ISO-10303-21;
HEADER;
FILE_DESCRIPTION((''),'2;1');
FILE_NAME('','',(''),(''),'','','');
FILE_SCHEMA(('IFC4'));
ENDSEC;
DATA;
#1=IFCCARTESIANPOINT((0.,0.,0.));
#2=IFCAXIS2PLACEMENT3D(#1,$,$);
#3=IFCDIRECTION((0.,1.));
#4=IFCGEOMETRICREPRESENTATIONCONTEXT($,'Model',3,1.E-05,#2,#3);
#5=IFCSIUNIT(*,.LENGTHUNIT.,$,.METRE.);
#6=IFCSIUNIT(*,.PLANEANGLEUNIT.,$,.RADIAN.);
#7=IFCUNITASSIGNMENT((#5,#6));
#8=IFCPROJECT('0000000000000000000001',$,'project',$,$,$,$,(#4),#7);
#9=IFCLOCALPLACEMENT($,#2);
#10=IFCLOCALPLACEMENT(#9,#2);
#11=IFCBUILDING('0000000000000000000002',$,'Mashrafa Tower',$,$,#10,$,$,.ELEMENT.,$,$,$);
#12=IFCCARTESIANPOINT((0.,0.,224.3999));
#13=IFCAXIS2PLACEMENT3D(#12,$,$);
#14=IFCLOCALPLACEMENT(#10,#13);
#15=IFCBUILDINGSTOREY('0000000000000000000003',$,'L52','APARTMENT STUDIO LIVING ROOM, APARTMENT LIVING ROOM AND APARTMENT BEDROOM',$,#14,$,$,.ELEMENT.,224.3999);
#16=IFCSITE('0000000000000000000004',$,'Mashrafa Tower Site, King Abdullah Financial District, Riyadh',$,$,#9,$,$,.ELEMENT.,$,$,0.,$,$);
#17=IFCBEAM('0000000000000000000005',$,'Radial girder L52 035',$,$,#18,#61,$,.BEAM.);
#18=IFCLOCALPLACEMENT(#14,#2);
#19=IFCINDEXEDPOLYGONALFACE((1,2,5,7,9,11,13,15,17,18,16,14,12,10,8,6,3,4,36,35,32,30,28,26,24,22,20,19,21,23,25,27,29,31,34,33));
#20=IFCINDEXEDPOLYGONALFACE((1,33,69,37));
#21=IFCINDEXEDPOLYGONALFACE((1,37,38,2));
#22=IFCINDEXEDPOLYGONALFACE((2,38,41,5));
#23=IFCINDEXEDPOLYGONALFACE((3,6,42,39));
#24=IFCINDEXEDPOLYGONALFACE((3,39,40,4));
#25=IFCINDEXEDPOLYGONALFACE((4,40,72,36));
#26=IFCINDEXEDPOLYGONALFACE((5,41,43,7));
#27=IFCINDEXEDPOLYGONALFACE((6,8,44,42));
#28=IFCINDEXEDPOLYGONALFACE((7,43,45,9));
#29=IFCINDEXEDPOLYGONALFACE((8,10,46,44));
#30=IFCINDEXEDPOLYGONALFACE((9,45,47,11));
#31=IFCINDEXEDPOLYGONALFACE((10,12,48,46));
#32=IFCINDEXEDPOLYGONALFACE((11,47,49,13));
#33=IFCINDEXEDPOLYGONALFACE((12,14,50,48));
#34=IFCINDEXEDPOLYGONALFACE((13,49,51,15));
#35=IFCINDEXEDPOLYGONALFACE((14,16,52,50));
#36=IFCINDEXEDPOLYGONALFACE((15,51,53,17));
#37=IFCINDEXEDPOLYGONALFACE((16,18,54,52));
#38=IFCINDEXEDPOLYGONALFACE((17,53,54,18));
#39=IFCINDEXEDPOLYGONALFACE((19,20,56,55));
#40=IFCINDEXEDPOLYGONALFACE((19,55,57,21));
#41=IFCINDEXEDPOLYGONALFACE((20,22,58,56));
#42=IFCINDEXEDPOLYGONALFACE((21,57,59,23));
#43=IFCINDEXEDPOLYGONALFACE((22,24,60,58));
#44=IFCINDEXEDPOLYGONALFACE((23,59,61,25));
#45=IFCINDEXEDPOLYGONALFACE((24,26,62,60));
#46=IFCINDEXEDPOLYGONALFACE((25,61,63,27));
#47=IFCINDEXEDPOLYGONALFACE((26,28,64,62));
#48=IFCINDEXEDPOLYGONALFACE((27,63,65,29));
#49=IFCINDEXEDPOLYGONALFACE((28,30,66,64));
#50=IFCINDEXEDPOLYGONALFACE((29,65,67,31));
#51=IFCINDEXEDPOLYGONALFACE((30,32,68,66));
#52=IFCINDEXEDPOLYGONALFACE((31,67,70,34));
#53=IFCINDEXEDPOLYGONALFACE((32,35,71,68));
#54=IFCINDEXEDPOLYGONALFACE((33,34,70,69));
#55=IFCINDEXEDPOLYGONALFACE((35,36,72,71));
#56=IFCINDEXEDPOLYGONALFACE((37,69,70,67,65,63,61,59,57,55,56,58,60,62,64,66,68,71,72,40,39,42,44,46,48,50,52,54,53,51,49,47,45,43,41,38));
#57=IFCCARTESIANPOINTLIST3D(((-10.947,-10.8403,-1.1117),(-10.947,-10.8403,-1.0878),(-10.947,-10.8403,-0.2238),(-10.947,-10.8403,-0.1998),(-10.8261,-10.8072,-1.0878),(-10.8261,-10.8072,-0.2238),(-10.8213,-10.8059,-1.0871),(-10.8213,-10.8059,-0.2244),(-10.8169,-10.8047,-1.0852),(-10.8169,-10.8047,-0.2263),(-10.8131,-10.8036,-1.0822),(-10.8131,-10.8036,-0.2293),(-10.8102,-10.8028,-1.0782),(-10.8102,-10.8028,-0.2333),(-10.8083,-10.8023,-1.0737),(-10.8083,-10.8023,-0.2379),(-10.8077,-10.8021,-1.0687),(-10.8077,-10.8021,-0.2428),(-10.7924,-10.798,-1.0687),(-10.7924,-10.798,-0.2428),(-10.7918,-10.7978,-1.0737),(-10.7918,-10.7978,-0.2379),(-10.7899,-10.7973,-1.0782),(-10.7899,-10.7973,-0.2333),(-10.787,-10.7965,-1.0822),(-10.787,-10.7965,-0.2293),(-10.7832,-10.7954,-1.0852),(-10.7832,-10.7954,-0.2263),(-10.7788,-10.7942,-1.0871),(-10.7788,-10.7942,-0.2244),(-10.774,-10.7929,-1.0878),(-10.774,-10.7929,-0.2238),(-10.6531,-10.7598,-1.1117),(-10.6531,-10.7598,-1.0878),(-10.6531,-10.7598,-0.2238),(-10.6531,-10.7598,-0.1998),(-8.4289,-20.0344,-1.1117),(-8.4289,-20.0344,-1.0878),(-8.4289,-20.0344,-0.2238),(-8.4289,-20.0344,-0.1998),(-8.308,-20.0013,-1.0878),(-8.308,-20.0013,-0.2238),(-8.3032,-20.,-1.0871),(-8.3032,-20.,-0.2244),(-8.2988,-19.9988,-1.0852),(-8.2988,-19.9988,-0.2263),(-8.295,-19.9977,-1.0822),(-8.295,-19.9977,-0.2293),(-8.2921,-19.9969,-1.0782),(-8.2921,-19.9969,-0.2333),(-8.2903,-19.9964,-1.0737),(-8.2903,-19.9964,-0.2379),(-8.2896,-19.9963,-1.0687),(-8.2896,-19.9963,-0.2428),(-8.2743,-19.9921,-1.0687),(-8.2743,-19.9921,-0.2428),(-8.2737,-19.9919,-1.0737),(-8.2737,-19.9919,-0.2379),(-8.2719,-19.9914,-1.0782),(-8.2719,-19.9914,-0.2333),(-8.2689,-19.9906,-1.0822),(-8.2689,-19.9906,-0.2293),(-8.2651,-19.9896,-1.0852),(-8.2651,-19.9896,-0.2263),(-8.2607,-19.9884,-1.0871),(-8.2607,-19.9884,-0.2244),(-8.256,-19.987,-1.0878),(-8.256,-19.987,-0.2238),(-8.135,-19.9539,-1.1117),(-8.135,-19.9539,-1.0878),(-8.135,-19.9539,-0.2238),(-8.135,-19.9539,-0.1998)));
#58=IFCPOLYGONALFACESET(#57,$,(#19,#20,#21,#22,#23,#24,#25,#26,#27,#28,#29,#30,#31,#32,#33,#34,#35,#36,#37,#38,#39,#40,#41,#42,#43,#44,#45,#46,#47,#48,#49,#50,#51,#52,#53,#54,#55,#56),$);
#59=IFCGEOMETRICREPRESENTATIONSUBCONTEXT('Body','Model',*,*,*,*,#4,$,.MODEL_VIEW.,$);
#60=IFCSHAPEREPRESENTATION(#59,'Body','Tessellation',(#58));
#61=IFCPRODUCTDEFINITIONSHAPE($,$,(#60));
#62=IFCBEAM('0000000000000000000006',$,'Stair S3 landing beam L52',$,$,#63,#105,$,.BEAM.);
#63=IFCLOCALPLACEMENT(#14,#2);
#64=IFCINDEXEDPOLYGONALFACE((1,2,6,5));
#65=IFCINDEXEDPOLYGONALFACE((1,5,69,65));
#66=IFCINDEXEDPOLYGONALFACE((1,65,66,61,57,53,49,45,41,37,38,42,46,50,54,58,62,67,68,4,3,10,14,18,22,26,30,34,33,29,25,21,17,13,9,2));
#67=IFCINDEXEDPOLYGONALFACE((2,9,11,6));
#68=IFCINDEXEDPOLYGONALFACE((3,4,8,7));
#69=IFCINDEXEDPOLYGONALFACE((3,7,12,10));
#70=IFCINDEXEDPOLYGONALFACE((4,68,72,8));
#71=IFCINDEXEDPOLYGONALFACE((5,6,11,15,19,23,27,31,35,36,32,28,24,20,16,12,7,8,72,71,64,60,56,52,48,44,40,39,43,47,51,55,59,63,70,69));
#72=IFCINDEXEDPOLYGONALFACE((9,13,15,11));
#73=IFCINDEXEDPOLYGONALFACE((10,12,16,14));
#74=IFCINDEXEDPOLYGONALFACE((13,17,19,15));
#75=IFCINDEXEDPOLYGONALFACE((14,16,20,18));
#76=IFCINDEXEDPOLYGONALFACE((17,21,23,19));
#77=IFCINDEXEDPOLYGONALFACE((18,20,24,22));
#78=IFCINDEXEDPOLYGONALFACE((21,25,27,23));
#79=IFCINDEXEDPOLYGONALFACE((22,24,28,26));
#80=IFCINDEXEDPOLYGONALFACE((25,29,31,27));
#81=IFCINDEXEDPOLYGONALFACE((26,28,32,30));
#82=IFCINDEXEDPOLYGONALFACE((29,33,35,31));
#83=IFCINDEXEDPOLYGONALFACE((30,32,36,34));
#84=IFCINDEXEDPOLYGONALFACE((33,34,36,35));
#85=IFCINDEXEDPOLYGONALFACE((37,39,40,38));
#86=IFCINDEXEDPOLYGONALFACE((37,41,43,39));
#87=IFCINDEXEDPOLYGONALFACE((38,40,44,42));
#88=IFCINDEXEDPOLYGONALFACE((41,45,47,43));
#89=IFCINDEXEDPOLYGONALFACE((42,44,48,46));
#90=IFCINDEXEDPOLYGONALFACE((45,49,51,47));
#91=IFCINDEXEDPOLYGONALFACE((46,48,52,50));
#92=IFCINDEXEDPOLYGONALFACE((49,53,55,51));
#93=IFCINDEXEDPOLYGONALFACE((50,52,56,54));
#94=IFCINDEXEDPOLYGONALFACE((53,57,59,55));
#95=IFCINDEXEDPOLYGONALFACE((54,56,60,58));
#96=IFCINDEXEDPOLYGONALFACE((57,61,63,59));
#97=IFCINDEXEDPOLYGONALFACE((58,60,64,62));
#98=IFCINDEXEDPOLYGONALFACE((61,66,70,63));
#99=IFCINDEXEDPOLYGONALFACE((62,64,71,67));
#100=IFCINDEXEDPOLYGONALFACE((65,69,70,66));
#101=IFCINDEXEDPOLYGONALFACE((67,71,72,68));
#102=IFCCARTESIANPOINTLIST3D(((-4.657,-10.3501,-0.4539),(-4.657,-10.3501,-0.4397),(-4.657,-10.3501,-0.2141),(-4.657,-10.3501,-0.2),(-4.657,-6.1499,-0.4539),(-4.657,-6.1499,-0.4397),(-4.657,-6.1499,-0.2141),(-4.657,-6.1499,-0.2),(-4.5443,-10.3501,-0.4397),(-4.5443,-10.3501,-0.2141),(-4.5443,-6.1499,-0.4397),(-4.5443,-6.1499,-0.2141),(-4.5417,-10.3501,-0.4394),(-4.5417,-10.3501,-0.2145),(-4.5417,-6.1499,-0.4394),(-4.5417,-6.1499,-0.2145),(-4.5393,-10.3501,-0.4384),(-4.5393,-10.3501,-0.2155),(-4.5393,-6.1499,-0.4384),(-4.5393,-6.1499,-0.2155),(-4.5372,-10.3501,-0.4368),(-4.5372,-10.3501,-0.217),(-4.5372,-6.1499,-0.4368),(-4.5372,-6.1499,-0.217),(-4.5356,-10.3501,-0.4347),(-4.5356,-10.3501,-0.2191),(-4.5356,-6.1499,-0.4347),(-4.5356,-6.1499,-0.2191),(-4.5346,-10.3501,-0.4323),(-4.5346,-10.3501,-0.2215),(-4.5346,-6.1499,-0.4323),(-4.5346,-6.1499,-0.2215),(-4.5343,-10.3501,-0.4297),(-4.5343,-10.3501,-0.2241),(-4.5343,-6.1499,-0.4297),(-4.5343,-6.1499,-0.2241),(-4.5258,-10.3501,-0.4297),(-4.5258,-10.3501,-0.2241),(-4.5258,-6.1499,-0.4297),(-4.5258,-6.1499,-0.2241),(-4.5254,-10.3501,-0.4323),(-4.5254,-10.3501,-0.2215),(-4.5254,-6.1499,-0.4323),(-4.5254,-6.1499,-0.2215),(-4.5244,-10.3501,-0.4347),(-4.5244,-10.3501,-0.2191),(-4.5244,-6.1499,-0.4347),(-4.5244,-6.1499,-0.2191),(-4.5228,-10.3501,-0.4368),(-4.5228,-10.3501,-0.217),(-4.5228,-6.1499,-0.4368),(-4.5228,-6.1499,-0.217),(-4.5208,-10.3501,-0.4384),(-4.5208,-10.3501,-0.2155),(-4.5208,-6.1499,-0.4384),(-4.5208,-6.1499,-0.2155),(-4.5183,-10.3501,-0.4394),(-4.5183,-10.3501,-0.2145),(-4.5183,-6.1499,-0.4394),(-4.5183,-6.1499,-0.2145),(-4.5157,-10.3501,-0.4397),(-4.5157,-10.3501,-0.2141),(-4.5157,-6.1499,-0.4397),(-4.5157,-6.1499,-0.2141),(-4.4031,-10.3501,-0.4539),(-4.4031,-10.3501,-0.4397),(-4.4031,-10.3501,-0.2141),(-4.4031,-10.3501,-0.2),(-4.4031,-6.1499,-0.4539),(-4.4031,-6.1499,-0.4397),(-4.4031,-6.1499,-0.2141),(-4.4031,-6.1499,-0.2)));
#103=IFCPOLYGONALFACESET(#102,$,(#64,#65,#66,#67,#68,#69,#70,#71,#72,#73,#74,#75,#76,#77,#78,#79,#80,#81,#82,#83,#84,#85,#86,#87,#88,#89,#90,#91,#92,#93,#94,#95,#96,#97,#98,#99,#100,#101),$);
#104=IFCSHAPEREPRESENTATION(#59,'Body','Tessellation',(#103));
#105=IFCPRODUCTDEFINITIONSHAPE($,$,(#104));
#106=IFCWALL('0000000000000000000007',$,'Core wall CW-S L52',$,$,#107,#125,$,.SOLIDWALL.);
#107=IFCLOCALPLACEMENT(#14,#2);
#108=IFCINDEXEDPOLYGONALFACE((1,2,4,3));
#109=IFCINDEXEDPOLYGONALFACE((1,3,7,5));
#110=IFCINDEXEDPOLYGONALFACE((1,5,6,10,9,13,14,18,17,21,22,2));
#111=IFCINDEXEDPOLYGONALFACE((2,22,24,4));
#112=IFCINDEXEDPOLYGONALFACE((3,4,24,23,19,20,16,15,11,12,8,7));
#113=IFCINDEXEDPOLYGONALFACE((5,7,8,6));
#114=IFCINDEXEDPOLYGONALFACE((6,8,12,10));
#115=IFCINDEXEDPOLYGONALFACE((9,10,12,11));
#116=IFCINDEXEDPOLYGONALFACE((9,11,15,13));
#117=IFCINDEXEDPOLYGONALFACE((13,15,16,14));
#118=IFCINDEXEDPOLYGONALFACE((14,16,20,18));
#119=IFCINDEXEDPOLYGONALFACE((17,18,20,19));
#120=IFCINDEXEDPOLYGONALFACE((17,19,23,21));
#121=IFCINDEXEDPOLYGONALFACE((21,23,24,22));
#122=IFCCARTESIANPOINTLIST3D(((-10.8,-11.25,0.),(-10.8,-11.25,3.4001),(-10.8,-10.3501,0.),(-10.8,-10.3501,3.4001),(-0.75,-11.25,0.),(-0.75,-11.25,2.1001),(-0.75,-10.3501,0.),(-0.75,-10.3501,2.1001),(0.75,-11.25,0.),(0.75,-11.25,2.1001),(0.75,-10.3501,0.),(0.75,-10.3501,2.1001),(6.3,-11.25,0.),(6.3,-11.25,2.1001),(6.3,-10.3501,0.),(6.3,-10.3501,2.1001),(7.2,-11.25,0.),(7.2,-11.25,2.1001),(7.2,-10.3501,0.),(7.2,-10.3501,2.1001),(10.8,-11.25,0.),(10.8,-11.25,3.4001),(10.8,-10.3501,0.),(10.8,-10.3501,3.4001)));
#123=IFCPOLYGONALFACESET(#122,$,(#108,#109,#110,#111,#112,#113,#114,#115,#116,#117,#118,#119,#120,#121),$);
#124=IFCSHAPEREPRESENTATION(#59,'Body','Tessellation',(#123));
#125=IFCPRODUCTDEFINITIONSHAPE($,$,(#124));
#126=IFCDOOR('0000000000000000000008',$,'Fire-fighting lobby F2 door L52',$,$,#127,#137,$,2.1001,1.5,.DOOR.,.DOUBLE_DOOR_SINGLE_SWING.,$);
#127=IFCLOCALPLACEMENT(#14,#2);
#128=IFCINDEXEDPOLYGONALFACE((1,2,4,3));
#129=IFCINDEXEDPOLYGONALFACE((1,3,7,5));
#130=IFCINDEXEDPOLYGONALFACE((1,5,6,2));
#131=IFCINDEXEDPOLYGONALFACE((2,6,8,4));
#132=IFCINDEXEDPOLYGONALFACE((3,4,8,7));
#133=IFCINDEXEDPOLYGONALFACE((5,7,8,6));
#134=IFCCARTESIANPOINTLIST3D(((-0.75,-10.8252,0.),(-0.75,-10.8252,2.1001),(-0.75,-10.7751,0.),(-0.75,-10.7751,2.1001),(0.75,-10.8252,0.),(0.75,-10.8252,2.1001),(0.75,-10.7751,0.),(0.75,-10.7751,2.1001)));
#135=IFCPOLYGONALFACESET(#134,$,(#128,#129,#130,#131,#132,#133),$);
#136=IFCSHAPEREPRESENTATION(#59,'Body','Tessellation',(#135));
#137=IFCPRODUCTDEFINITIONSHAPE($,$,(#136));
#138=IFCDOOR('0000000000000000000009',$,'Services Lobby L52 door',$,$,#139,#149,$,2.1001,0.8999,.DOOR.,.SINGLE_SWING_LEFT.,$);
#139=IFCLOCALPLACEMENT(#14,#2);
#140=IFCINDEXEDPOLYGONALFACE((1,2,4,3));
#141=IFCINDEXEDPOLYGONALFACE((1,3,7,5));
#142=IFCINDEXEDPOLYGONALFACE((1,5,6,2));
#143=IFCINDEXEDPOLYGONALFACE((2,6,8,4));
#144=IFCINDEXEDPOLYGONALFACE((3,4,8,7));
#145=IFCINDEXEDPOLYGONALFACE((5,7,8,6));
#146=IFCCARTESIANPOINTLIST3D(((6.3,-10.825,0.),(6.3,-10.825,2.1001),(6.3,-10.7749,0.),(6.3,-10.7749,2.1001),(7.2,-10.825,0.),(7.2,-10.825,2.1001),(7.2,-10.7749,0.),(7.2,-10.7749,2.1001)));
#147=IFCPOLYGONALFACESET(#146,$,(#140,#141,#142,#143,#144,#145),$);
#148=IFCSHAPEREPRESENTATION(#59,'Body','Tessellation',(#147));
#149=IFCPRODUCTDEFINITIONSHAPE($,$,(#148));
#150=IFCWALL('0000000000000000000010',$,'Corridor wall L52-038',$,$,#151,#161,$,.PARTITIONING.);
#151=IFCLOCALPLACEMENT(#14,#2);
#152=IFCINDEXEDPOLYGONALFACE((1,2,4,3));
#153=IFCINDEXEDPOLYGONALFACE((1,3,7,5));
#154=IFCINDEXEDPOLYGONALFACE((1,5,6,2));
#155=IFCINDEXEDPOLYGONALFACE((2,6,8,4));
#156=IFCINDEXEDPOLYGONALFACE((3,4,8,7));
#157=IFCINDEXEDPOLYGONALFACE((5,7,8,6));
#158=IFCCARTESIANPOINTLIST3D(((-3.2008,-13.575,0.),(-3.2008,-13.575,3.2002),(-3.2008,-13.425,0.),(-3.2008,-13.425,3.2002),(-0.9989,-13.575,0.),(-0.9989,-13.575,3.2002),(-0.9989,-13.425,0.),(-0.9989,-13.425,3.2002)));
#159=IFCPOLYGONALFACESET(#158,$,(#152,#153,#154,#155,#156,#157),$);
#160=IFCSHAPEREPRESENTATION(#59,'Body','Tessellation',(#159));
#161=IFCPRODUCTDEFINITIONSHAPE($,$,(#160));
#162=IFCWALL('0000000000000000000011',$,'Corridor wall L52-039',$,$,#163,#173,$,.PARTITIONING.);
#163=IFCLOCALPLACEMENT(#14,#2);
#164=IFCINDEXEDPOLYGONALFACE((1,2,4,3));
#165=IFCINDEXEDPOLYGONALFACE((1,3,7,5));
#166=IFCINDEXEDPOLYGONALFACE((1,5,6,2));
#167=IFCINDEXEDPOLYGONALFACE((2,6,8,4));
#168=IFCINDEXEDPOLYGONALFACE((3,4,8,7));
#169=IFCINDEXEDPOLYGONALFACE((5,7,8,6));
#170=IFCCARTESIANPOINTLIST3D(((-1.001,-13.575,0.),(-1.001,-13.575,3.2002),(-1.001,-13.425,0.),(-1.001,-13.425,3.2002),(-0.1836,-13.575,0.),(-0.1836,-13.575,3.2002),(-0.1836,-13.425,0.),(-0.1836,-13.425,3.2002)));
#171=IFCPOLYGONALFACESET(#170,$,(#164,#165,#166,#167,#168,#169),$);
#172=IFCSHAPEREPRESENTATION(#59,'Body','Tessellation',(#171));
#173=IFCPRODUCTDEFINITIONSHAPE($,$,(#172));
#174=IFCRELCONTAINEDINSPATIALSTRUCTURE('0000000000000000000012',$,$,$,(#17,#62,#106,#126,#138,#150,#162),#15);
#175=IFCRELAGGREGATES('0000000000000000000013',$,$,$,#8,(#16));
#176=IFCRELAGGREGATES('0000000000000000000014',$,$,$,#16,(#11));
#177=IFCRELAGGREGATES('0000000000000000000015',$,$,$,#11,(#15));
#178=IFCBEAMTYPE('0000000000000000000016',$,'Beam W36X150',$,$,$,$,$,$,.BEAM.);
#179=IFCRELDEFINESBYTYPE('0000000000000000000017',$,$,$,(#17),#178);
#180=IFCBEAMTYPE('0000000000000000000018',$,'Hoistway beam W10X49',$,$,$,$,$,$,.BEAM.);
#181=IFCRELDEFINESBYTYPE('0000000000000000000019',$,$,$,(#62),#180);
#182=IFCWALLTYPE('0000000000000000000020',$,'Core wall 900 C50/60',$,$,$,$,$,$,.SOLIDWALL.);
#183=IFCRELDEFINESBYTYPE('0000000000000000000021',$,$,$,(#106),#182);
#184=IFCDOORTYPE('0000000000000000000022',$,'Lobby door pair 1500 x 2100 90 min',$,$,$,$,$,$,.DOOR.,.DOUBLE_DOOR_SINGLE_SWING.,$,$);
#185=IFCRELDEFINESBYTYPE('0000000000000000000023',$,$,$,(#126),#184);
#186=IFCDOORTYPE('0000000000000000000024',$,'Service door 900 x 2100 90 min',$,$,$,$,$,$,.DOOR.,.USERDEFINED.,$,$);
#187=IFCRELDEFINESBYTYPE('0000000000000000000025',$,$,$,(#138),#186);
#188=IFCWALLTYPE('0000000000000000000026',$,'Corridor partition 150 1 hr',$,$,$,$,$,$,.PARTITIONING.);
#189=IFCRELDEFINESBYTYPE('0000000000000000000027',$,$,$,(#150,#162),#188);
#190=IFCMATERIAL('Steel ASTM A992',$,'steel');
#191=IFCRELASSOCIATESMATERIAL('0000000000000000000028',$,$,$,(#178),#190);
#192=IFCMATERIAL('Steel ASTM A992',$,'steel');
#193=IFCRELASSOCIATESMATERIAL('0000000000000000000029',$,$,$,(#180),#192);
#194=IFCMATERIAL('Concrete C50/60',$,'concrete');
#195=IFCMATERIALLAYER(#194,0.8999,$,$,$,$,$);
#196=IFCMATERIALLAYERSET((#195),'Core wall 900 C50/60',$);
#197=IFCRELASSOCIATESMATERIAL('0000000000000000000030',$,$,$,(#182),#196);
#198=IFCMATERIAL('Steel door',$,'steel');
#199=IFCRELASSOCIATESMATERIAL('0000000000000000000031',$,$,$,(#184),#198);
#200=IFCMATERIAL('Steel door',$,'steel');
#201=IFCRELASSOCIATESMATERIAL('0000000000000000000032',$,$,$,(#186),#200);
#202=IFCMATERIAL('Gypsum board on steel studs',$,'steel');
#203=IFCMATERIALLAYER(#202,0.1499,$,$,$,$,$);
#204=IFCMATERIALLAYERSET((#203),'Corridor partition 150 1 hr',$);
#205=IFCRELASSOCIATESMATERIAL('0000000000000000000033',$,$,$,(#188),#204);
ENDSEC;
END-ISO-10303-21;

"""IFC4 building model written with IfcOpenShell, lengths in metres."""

from ifc_helpers import new_model, si_unit, direction, frame, frame_2d, origin, origin_2d, place, context, subcontext, project, spatial, rectangle, i_section, extrude, material, layer, layer_set, material_profile, profile_set, type_object, element, fill, save


model = new_model("IFC4")

# Units and contexts
model_context = context("Model", 3, precision=1e-05, world=origin(), true_north=direction((0.0, 1.0)))
body_context = subcontext(model_context, "Body", "Model", "MODEL_VIEW")
ifc_project = project(units=[si_unit("LENGTHUNIT", "METRE"), si_unit("PLANEANGLEUNIT", "RADIAN")], contexts=[model_context])

# Site, building, storey
site_placement = place(None, origin())
site = spatial("IfcSite", under=ifc_project, at=site_placement, Name="Mashrafa Tower Site, King Abdullah Financial District, Riyadh", CompositionType="ELEMENT", RefElevation=0.0)
building_placement = place(site_placement, origin())
building = spatial("IfcBuilding", under=site, at=building_placement, Name="Mashrafa Tower", CompositionType="ELEMENT")
storey_placement = place(building_placement, frame((0.0, 0.0, 224.3999)))
storey = spatial("IfcBuildingStorey", under=building, at=storey_placement, Name="L52", Description="APARTMENT STUDIO LIVING ROOM, APARTMENT LIVING ROOM AND APARTMENT BEDROOM", CompositionType="ELEMENT", Elevation=224.3999)

# Beams
ifc_material_1 = material(Name="Steel ASTM A992", Category="steel")
ifc_material_profile_1 = material_profile(ifc_material_1, i_section(OverallWidth=0.3047, OverallDepth=0.9119, WebThickness=0.0159, FlangeThickness=0.0239, FilletRadius=0.019, at=origin_2d()), Name="W36X150")
ifc_profile_set_1 = profile_set([ifc_material_profile_1], Name="Steel ASTM A992")
beam_type_1 = type_object("IfcBeamType", Name="Beam W36X150", PredefinedType="BEAM", material=ifc_profile_set_1)
for number, where, z_axis, x_axis, name in (
    (1, (-10.8, -10.8, -0.6558), (0.264151, -0.964481, 0.0), (0.964481, 0.264151, 0.0), "Radial girder L52 035"),
):
    element("IfcBeam", number, at=place(storey_placement, frame(where, z_axis=z_axis, x_axis=x_axis)), inside=storey, type_object=beam_type_1, Name=name, PredefinedType="BEAM", context=body_context, shape_type="SweptSolid", body=[
        extrude(i_section(OverallWidth=0.3047, OverallDepth=0.9119, WebThickness=0.0159, FlangeThickness=0.0239, FilletRadius=0.019, at=origin_2d()), origin(), (0.0, 0.0, 1.0), 9.5327),
    ])
ifc_material_2 = material(Name="Steel ASTM A992", Category="steel")
ifc_material_profile_2 = material_profile(ifc_material_2, i_section(OverallWidth=0.2539, OverallDepth=0.2539, WebThickness=0.0085, FlangeThickness=0.0142, FilletRadius=0.01, at=origin_2d()), Name="W10X49")
ifc_profile_set_2 = profile_set([ifc_material_profile_2], Name="Steel ASTM A992")
beam_type_2 = type_object("IfcBeamType", Name="Hoistway beam W10X49", PredefinedType="BEAM", material=ifc_profile_set_2)
beam_1_placement = place(storey_placement, frame((-4.53, -10.3501, -0.3269), z_axis=(0.0, 1.0, 0.0), x_axis=(-1.0, 0.0, 0.0)))
element("IfcBeam", 2, at=beam_1_placement, inside=storey, type_object=beam_type_2, Name="Stair S3 landing beam L52", PredefinedType="BEAM", context=body_context, shape_type="SweptSolid", body=[
    extrude(i_section(OverallWidth=0.2539, OverallDepth=0.2539, WebThickness=0.0085, FlangeThickness=0.0142, FilletRadius=0.01, at=origin_2d()), origin(), (0.0, 0.0, 1.0), 4.2002),
])

# Wall, openings, doors
ifc_material_3 = material(Name="Concrete C50/60", Category="concrete")
ifc_layer_1 = layer(ifc_material_3, 0.8999)
ifc_layer_set_1 = layer_set([ifc_layer_1], Name="Core wall 900 C50/60")
wall_type_1 = type_object("IfcWallType", Name="Core wall 900 C50/60", PredefinedType="SOLIDWALL", material=ifc_layer_set_1)
wall_1_placement = place(storey_placement, frame((-10.8, -10.8, 0.0), z_axis=(0.0, 0.0, 1.0), x_axis=(1.0, 0.0, 0.0)))
wall_1 = element("IfcWall", 3, at=wall_1_placement, inside=storey, type_object=wall_type_1, Name="Core wall CW-S L52", PredefinedType="SOLIDWALL", context=body_context, shape_type="SweptSolid", body=[
    extrude(rectangle(XDim=21.6001, YDim=0.8999, at=frame_2d((10.8, 0.0))), origin(), (0.0, 0.0, 1.0), 3.4001),
])
opening_1_placement = place(wall_1_placement, frame((10.05, 0.0, 0.0)))
opening_1 = element("IfcOpeningElement", 4, at=opening_1_placement, cuts=wall_1, PredefinedType="OPENING", context=body_context, shape_type="SweptSolid", body=[
    extrude(rectangle(XDim=1.5, YDim=2.1001, at=frame_2d((0.75, 1.05))), frame((0.0, 0.46, 0.0), z_axis=(0.0, -1.0, 0.0), x_axis=(1.0, 0.0, 0.0)), (0.0, 0.0, 1.0), 0.9199),
])
opening_2_placement = place(wall_1_placement, frame((17.1001, 0.0, 0.0)))
opening_2 = element("IfcOpeningElement", 5, at=opening_2_placement, cuts=wall_1, PredefinedType="OPENING", context=body_context, shape_type="SweptSolid", body=[
    extrude(rectangle(XDim=0.8999, YDim=2.1001, at=frame_2d((0.45, 1.05))), frame((0.0, 0.46, 0.0), z_axis=(0.0, -1.0, 0.0), x_axis=(1.0, 0.0, 0.0)), (0.0, 0.0, 1.0), 0.9199),
])
ifc_material_4 = material(Name="Steel door", Category="steel")
door_type_1 = type_object("IfcDoorType", Name="Lobby door pair 1500 x 2100 90 min", OperationType="DOUBLE_DOOR_SINGLE_SWING", PredefinedType="DOOR", material=ifc_material_4)
door_1_placement = place(opening_1_placement, origin())
door_1 = element("IfcDoor", 6, at=door_1_placement, inside=storey, type_object=door_type_1, Name="Fire-fighting lobby F2 door L52", OperationType="DOUBLE_DOOR_SINGLE_SWING", OverallHeight=2.1001, OverallWidth=1.5, PredefinedType="DOOR", context=body_context, shape_type="SweptSolid", body=[
    extrude(rectangle(XDim=1.5, YDim=2.1001, at=frame_2d((0.75, 1.05))), frame((0.0, 0.0249, 0.0), z_axis=(0.0, -1.0, 0.0), x_axis=(1.0, 0.0, 0.0)), (0.0, 0.0, 1.0), 0.05),
])
fill(opening_1, door_1)
ifc_material_5 = material(Name="Steel door", Category="steel")
door_type_2 = type_object("IfcDoorType", Name="Service door 900 x 2100 90 min", OperationType="USERDEFINED", PredefinedType="DOOR", material=ifc_material_5)
door_2_placement = place(opening_2_placement, frame((0.8999, 0.0, 0.0), z_axis=(0.0, 0.0, 1.0), x_axis=(-1.0, 0.0, 0.0)))
door_2 = element("IfcDoor", 7, at=door_2_placement, inside=storey, type_object=door_type_2, Name="Services Lobby L52 door", OperationType="SINGLE_SWING_LEFT", OverallHeight=2.1001, OverallWidth=0.8999, PredefinedType="DOOR", context=body_context, shape_type="SweptSolid", body=[
    extrude(rectangle(XDim=0.8999, YDim=2.1001, at=frame_2d((0.45, 1.05))), frame((0.0, 0.0249, 0.0), z_axis=(0.0, -1.0, 0.0), x_axis=(1.0, 0.0, 0.0)), (0.0, 0.0, 1.0), 0.05),
])
fill(opening_2, door_2)

# Walls
ifc_material_6 = material(Name="Gypsum board on steel studs", Category="steel")
ifc_layer_2 = layer(ifc_material_6, 0.1499)
ifc_layer_set_2 = layer_set([ifc_layer_2], Name="Corridor partition 150 1 hr")
wall_type_2 = type_object("IfcWallType", Name="Corridor partition 150 1 hr", PredefinedType="PARTITIONING", material=ifc_layer_set_2)
wall_2_placement = place(storey_placement, frame((-3.2009, -13.5, 0.0), z_axis=(0.0, 0.0, 1.0), x_axis=(1.0, 0.0, 0.0)))
element("IfcWall", 8, at=wall_2_placement, inside=storey, type_object=wall_type_2, Name="Corridor wall L52-038", PredefinedType="PARTITIONING", context=body_context, shape_type="SweptSolid", body=[
    extrude(rectangle(XDim=2.2019, YDim=0.1499, at=frame_2d((1.1011, 0.0))), origin(), (0.0, 0.0, 1.0), 3.2002),
])
wall_3_placement = place(storey_placement, frame((-1.001, -13.5, 0.0), z_axis=(0.0, 0.0, 1.0), x_axis=(1.0, 0.0, 0.0)))
element("IfcWall", 9, at=wall_3_placement, inside=storey, type_object=wall_type_2, Name="Corridor wall L52-039", PredefinedType="PARTITIONING", context=body_context, shape_type="SweptSolid", body=[
    extrude(rectangle(XDim=0.8174, YDim=0.1499, at=frame_2d((0.4087, 0.0))), origin(), (0.0, 0.0, 1.0), 3.2002),
])

save(model, "model.ifc")
